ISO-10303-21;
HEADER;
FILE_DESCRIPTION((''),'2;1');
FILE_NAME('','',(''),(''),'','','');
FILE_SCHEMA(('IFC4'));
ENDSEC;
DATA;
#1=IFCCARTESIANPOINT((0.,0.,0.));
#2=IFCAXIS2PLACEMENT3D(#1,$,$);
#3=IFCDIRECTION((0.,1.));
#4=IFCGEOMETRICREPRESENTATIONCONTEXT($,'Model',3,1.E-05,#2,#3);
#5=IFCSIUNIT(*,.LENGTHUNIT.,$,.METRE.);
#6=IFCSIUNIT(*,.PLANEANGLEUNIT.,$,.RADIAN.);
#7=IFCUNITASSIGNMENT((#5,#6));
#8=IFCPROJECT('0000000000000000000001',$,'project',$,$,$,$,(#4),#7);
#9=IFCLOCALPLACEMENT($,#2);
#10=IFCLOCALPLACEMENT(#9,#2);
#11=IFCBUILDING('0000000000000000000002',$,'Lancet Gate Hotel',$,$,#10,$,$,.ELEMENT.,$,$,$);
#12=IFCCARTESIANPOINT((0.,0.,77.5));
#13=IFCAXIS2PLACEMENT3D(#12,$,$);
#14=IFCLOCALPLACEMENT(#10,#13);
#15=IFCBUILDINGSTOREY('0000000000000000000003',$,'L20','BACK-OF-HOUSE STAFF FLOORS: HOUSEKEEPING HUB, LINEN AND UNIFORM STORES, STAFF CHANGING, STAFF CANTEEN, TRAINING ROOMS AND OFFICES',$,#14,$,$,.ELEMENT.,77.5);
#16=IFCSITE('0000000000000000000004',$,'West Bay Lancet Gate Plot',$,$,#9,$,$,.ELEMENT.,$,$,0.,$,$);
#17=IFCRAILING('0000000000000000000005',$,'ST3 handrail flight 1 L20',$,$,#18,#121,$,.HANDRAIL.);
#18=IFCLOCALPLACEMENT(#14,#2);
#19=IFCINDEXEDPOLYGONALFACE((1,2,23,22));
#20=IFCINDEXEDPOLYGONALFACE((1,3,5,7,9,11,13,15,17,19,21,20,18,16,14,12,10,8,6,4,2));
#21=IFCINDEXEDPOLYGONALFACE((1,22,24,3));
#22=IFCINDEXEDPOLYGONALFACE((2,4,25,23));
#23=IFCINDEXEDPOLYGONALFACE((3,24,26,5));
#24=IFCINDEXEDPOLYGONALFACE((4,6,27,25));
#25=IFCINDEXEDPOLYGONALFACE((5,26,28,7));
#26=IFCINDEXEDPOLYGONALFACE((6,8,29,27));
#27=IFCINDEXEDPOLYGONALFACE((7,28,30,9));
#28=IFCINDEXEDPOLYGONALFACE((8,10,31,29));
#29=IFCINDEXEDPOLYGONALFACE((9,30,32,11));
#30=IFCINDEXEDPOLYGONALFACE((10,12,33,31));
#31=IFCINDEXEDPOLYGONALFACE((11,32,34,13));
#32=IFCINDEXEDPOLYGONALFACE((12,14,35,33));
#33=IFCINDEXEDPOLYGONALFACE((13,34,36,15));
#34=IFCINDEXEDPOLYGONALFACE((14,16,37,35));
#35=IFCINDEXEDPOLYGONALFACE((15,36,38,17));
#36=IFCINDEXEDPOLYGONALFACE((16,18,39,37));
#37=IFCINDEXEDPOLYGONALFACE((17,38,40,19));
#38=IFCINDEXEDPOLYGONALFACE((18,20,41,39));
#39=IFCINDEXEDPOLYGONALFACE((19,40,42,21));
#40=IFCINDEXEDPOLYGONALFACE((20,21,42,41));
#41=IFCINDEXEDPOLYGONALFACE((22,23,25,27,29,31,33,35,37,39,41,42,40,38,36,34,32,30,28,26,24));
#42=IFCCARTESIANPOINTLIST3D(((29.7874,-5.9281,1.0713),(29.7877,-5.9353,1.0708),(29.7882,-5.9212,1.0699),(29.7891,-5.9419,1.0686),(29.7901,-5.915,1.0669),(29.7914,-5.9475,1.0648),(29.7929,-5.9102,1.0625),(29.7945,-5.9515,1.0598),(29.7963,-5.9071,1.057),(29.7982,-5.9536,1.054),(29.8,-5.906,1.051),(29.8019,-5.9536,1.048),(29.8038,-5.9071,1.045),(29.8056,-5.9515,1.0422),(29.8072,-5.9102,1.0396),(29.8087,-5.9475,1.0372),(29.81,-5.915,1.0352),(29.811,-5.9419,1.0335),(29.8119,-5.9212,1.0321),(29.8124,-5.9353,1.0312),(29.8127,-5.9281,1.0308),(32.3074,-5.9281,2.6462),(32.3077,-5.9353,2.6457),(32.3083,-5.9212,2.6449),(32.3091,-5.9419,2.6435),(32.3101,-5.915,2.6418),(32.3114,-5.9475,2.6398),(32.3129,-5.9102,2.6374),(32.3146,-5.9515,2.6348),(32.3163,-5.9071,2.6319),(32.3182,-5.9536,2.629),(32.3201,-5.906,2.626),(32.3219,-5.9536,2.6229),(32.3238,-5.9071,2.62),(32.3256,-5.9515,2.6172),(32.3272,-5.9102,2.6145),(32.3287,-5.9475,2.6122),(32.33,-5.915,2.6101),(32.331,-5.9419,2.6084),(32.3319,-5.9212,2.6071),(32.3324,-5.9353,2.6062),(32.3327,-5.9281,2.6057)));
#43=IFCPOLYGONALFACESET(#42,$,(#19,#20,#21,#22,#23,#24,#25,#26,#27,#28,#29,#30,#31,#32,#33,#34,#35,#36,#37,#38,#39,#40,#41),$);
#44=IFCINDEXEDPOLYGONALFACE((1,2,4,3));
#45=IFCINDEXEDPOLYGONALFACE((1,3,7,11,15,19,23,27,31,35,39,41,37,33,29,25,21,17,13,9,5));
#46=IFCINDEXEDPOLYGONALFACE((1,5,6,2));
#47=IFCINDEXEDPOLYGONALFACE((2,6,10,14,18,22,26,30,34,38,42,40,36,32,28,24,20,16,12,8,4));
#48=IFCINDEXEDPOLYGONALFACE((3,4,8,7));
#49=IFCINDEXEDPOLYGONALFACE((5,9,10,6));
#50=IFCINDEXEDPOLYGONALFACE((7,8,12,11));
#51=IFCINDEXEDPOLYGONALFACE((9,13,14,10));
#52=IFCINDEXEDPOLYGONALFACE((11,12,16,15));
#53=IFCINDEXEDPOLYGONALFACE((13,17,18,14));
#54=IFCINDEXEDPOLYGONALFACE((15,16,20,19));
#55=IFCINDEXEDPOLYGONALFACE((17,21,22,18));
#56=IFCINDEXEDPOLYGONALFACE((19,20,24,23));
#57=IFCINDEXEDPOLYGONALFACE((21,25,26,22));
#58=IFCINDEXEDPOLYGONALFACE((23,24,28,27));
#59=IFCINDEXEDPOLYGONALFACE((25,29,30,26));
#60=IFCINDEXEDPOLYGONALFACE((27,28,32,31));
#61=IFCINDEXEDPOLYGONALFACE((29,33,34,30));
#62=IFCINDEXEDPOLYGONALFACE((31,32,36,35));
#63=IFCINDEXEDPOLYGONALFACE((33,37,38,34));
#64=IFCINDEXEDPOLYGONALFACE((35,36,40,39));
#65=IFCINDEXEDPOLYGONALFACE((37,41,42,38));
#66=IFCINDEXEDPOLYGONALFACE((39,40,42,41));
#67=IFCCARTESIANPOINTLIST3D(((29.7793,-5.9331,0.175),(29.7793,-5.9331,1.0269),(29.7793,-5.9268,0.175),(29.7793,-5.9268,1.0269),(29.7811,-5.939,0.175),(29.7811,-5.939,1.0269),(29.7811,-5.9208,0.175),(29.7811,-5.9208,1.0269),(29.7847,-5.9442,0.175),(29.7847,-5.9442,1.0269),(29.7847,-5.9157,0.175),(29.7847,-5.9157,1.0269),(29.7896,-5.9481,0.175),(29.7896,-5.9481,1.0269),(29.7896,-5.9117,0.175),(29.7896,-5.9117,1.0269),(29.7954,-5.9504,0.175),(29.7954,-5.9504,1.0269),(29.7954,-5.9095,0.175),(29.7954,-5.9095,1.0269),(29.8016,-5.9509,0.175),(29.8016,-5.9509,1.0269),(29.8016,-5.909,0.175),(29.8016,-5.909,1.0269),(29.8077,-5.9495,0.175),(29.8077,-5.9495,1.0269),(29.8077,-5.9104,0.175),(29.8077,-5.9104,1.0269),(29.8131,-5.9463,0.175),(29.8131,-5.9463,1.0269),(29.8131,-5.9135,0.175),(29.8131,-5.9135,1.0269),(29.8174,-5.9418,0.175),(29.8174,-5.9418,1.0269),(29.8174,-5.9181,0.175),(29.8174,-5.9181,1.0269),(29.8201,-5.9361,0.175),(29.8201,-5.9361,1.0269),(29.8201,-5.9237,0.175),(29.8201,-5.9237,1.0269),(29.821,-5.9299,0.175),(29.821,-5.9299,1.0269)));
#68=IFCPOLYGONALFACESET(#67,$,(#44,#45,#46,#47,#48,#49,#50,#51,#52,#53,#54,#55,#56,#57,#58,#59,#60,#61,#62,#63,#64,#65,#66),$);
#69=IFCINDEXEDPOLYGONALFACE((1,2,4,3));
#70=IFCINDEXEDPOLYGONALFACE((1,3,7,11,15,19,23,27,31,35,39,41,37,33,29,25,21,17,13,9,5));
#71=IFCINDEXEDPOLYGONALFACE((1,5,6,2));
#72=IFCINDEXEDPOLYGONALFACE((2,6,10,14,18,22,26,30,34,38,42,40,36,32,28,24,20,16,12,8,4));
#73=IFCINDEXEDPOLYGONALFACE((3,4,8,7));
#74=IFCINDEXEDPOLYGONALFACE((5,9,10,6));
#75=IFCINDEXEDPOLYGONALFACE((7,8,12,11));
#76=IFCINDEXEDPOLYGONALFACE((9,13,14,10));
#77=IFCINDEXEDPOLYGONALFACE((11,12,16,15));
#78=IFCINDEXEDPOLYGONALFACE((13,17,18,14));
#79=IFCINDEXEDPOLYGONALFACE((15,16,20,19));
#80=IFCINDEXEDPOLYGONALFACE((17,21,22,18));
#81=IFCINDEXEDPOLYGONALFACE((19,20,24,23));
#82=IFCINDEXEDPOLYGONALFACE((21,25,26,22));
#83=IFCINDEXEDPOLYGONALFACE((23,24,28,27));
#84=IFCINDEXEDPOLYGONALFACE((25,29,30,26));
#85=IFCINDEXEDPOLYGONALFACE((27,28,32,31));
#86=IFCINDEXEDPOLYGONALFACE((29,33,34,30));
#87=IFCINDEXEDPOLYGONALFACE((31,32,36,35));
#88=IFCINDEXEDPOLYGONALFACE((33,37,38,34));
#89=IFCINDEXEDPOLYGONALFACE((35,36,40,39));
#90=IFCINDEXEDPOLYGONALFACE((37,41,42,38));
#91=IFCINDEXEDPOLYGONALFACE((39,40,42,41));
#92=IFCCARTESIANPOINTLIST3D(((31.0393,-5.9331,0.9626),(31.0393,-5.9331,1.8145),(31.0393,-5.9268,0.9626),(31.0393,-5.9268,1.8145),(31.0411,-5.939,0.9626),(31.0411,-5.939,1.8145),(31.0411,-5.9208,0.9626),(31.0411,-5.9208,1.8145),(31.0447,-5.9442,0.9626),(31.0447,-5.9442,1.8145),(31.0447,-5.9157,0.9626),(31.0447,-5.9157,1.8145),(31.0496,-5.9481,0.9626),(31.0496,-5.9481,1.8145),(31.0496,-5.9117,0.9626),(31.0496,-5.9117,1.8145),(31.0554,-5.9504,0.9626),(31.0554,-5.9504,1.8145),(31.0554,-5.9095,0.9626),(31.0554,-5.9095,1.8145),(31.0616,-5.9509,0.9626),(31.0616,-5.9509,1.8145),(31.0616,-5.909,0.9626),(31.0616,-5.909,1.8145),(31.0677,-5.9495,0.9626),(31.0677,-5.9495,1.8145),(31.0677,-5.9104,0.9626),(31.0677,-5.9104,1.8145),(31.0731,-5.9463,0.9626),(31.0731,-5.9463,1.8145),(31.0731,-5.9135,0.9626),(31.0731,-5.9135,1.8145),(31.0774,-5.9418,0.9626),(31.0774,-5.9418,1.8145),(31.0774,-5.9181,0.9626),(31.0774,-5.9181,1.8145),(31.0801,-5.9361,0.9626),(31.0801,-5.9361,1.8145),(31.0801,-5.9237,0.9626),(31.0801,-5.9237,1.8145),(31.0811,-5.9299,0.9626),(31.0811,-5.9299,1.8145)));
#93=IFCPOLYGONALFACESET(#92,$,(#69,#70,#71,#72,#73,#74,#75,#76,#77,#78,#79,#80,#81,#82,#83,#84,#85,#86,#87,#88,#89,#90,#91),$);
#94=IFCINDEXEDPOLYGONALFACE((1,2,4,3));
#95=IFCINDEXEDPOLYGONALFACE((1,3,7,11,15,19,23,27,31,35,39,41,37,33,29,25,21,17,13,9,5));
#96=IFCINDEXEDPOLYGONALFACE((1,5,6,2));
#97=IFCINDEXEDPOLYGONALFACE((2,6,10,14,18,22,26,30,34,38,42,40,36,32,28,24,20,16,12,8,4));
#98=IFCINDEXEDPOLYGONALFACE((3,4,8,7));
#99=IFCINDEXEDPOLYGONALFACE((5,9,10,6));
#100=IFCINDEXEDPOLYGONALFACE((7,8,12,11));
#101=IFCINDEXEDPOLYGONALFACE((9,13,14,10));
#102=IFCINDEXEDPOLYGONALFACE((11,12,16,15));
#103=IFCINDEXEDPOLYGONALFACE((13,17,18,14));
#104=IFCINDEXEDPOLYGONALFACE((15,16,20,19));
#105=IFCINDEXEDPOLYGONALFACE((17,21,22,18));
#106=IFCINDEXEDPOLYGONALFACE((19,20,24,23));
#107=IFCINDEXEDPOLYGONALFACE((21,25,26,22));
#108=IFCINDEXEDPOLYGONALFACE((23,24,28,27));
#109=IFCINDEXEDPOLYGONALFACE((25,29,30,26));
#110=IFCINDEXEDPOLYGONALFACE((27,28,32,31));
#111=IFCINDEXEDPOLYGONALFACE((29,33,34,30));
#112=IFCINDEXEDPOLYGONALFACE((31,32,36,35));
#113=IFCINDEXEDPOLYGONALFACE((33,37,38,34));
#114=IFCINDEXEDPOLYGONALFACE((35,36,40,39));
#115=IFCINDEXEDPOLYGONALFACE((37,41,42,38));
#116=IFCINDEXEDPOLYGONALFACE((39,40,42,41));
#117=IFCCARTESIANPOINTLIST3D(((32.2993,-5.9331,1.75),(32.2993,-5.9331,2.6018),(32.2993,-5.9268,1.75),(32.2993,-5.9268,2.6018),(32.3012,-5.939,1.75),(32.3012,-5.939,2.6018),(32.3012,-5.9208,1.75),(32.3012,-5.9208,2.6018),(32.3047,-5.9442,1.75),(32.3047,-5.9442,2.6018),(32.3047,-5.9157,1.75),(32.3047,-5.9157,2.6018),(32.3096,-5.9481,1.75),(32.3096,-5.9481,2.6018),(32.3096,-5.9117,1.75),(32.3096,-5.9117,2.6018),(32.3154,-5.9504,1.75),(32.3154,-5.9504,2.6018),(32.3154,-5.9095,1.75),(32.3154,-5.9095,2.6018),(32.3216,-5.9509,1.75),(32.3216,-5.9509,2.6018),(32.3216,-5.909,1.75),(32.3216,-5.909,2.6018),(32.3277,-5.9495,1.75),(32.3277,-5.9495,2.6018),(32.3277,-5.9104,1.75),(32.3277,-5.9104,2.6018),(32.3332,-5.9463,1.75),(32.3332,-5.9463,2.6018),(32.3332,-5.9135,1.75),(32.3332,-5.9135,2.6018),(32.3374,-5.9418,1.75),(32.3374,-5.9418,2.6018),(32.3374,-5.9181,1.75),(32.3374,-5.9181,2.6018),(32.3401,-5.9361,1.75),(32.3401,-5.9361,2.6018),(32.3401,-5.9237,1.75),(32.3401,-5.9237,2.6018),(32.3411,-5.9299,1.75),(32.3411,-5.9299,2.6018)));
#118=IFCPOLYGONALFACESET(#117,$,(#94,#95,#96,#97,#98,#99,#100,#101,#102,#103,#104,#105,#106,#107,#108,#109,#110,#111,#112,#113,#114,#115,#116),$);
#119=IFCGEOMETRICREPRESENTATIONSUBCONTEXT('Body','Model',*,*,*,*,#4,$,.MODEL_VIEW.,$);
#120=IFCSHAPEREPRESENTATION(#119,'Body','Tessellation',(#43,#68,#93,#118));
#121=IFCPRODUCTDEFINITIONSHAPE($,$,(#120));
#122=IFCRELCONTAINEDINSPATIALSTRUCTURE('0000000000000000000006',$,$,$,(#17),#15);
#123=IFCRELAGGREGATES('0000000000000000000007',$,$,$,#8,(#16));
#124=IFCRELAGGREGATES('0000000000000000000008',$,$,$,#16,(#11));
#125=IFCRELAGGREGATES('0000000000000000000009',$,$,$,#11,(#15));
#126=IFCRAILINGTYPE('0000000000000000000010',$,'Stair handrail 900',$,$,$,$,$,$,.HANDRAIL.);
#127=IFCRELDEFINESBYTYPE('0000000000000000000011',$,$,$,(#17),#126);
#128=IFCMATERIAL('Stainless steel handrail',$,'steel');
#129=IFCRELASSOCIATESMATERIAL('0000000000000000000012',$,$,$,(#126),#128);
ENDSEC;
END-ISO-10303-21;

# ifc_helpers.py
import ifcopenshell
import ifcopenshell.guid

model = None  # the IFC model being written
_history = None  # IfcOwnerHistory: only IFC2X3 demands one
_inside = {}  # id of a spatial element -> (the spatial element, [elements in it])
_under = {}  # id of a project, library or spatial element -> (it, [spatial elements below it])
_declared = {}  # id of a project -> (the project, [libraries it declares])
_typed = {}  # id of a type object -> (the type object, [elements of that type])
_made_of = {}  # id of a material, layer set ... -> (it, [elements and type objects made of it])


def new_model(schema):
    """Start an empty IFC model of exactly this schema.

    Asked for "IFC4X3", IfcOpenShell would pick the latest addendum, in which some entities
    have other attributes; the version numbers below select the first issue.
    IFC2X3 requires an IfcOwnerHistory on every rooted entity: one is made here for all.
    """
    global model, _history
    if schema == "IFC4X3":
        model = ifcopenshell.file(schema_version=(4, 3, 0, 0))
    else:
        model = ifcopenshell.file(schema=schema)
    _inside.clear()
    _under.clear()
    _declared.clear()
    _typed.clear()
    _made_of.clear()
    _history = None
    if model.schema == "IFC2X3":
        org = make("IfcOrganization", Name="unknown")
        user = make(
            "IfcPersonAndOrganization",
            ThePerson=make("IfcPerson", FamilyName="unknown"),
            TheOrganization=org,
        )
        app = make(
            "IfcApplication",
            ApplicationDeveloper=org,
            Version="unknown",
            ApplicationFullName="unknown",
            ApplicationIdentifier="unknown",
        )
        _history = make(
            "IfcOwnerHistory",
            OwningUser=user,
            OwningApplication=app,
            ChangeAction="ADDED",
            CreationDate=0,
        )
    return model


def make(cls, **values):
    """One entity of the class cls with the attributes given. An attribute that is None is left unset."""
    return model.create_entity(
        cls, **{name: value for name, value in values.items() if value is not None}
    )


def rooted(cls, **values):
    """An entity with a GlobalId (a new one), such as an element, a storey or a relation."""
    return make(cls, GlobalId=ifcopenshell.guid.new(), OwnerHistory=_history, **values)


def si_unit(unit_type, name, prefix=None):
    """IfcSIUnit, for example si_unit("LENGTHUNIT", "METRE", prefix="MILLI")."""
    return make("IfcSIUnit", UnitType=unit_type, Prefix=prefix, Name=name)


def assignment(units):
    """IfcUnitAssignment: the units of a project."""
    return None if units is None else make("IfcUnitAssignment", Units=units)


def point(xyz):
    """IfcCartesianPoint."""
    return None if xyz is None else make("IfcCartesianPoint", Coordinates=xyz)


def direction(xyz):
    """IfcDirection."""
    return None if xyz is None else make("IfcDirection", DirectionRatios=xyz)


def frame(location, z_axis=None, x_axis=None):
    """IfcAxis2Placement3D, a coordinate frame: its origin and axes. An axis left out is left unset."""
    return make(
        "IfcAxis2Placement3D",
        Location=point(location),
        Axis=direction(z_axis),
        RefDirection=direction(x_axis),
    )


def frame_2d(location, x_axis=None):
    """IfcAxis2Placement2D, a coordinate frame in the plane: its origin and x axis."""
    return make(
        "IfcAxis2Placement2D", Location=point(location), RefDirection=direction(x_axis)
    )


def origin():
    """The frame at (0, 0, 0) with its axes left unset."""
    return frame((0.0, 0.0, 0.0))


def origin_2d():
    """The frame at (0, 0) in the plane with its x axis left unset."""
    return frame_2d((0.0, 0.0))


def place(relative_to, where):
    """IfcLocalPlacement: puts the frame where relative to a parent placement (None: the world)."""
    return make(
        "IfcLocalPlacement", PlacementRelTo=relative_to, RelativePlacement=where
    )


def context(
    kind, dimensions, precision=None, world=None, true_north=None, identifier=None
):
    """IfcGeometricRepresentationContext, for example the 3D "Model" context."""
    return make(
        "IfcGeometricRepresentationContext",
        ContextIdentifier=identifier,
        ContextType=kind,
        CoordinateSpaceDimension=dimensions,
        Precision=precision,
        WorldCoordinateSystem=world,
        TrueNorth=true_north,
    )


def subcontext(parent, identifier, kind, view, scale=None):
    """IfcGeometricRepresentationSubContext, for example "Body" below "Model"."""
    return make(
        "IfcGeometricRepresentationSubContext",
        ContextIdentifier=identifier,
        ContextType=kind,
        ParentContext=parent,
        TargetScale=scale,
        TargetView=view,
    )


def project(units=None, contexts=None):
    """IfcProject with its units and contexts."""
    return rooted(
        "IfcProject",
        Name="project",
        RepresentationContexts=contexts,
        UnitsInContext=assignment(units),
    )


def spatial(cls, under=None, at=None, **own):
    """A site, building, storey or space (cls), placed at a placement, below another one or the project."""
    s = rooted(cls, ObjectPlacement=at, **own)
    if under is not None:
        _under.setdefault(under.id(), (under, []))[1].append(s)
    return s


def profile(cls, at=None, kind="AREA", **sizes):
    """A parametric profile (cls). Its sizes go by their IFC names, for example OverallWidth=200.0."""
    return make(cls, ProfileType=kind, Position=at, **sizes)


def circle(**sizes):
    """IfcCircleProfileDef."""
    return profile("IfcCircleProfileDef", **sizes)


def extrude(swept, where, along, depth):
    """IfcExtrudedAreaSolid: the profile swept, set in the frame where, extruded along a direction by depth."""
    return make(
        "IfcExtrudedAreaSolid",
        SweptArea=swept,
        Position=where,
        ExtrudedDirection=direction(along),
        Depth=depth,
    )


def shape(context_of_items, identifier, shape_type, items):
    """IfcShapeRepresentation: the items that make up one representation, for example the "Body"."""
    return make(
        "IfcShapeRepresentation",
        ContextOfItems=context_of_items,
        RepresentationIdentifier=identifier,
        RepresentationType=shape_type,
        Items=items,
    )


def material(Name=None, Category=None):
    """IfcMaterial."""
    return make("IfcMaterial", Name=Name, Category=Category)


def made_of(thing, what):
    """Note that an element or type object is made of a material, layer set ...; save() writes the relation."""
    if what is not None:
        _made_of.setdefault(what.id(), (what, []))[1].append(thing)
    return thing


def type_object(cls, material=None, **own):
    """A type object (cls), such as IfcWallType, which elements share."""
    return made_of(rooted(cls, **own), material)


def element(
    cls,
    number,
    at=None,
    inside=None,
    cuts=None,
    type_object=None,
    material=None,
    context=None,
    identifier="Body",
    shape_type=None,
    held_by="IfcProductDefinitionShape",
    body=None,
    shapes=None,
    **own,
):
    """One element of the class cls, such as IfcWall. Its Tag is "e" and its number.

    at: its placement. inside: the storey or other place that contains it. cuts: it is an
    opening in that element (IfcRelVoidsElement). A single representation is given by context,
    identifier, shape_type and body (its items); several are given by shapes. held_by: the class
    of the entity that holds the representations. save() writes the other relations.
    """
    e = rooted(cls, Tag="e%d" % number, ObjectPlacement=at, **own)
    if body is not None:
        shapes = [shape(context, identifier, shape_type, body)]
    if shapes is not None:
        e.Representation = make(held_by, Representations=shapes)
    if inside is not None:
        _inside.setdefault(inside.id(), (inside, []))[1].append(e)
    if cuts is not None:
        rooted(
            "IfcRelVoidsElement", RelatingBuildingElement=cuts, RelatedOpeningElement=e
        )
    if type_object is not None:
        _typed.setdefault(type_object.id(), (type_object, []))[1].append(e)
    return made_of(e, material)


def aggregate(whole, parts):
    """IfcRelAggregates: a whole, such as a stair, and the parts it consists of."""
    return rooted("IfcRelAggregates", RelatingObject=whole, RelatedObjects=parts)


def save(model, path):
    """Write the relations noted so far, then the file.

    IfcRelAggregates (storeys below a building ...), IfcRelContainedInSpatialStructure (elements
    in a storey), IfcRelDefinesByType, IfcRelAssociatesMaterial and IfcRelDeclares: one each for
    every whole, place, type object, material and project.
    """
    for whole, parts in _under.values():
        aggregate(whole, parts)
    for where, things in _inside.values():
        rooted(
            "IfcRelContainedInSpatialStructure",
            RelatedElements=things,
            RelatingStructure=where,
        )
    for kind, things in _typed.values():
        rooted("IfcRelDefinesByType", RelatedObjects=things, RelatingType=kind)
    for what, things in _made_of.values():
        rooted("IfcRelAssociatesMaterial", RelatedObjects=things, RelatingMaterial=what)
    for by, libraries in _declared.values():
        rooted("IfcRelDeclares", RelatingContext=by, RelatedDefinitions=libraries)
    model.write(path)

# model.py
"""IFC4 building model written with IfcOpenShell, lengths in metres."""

from ifc_helpers import new_model, si_unit, direction, frame, origin, origin_2d, place, context, subcontext, project, spatial, circle, extrude, material, type_object, element, save


model = new_model("IFC4")

# Units and contexts
model_context = context("Model", 3, precision=1e-05, world=origin(), true_north=direction((0.0, 1.0)))
body_context = subcontext(model_context, "Body", "Model", "MODEL_VIEW")
ifc_project = project(units=[si_unit("LENGTHUNIT", "METRE"), si_unit("PLANEANGLEUNIT", "RADIAN")], contexts=[model_context])

# Site, building, storey
site_placement = place(None, origin())
site = spatial("IfcSite", under=ifc_project, at=site_placement, Name="West Bay Lancet Gate Plot", CompositionType="ELEMENT", RefElevation=0.0)
building_placement = place(site_placement, origin())
building = spatial("IfcBuilding", under=site, at=building_placement, Name="Lancet Gate Hotel", CompositionType="ELEMENT")
storey_placement = place(building_placement, frame((0.0, 0.0, 77.5)))
storey = spatial("IfcBuildingStorey", under=building, at=storey_placement, Name="L20", Description="BACK-OF-HOUSE STAFF FLOORS: HOUSEKEEPING HUB, LINEN AND UNIFORM STORES, STAFF CHANGING, STAFF CANTEEN, TRAINING ROOMS AND OFFICES", CompositionType="ELEMENT", Elevation=77.5)

# Railing
ifc_material_1 = material(Name="Stainless steel handrail", Category="steel")
railing_type = type_object("IfcRailingType", Name="Stair handrail 900", PredefinedType="HANDRAIL", material=ifc_material_1)
railing_1_placement = place(storey_placement, frame((29.8, -5.9299, 0.175)))
element("IfcRailing", 1, at=railing_1_placement, inside=storey, type_object=railing_type, Name="ST3 handrail flight 1 L20", PredefinedType="HANDRAIL", context=body_context, shape_type="SweptSolid", body=[
    extrude(circle(Radius=0.0239, at=origin_2d()), frame((0.0, 0.0, 0.876), z_axis=(0.848008, 0.0, 0.529984), x_axis=(0.0, 1.0, 0.0)), (0.0, 0.0, 1.0), 2.9717),
    extrude(circle(Radius=0.021, at=origin_2d()), origin(), (0.0, 0.0, 1.0), 0.8518),
    extrude(circle(Radius=0.021, at=origin_2d()), frame((1.26, 0.0, 0.7876)), (0.0, 0.0, 1.0), 0.8518),
    extrude(circle(Radius=0.021, at=origin_2d()), frame((2.52, 0.0, 1.575)), (0.0, 0.0, 1.0), 0.8518),
])

save(model, "model.ifc")
